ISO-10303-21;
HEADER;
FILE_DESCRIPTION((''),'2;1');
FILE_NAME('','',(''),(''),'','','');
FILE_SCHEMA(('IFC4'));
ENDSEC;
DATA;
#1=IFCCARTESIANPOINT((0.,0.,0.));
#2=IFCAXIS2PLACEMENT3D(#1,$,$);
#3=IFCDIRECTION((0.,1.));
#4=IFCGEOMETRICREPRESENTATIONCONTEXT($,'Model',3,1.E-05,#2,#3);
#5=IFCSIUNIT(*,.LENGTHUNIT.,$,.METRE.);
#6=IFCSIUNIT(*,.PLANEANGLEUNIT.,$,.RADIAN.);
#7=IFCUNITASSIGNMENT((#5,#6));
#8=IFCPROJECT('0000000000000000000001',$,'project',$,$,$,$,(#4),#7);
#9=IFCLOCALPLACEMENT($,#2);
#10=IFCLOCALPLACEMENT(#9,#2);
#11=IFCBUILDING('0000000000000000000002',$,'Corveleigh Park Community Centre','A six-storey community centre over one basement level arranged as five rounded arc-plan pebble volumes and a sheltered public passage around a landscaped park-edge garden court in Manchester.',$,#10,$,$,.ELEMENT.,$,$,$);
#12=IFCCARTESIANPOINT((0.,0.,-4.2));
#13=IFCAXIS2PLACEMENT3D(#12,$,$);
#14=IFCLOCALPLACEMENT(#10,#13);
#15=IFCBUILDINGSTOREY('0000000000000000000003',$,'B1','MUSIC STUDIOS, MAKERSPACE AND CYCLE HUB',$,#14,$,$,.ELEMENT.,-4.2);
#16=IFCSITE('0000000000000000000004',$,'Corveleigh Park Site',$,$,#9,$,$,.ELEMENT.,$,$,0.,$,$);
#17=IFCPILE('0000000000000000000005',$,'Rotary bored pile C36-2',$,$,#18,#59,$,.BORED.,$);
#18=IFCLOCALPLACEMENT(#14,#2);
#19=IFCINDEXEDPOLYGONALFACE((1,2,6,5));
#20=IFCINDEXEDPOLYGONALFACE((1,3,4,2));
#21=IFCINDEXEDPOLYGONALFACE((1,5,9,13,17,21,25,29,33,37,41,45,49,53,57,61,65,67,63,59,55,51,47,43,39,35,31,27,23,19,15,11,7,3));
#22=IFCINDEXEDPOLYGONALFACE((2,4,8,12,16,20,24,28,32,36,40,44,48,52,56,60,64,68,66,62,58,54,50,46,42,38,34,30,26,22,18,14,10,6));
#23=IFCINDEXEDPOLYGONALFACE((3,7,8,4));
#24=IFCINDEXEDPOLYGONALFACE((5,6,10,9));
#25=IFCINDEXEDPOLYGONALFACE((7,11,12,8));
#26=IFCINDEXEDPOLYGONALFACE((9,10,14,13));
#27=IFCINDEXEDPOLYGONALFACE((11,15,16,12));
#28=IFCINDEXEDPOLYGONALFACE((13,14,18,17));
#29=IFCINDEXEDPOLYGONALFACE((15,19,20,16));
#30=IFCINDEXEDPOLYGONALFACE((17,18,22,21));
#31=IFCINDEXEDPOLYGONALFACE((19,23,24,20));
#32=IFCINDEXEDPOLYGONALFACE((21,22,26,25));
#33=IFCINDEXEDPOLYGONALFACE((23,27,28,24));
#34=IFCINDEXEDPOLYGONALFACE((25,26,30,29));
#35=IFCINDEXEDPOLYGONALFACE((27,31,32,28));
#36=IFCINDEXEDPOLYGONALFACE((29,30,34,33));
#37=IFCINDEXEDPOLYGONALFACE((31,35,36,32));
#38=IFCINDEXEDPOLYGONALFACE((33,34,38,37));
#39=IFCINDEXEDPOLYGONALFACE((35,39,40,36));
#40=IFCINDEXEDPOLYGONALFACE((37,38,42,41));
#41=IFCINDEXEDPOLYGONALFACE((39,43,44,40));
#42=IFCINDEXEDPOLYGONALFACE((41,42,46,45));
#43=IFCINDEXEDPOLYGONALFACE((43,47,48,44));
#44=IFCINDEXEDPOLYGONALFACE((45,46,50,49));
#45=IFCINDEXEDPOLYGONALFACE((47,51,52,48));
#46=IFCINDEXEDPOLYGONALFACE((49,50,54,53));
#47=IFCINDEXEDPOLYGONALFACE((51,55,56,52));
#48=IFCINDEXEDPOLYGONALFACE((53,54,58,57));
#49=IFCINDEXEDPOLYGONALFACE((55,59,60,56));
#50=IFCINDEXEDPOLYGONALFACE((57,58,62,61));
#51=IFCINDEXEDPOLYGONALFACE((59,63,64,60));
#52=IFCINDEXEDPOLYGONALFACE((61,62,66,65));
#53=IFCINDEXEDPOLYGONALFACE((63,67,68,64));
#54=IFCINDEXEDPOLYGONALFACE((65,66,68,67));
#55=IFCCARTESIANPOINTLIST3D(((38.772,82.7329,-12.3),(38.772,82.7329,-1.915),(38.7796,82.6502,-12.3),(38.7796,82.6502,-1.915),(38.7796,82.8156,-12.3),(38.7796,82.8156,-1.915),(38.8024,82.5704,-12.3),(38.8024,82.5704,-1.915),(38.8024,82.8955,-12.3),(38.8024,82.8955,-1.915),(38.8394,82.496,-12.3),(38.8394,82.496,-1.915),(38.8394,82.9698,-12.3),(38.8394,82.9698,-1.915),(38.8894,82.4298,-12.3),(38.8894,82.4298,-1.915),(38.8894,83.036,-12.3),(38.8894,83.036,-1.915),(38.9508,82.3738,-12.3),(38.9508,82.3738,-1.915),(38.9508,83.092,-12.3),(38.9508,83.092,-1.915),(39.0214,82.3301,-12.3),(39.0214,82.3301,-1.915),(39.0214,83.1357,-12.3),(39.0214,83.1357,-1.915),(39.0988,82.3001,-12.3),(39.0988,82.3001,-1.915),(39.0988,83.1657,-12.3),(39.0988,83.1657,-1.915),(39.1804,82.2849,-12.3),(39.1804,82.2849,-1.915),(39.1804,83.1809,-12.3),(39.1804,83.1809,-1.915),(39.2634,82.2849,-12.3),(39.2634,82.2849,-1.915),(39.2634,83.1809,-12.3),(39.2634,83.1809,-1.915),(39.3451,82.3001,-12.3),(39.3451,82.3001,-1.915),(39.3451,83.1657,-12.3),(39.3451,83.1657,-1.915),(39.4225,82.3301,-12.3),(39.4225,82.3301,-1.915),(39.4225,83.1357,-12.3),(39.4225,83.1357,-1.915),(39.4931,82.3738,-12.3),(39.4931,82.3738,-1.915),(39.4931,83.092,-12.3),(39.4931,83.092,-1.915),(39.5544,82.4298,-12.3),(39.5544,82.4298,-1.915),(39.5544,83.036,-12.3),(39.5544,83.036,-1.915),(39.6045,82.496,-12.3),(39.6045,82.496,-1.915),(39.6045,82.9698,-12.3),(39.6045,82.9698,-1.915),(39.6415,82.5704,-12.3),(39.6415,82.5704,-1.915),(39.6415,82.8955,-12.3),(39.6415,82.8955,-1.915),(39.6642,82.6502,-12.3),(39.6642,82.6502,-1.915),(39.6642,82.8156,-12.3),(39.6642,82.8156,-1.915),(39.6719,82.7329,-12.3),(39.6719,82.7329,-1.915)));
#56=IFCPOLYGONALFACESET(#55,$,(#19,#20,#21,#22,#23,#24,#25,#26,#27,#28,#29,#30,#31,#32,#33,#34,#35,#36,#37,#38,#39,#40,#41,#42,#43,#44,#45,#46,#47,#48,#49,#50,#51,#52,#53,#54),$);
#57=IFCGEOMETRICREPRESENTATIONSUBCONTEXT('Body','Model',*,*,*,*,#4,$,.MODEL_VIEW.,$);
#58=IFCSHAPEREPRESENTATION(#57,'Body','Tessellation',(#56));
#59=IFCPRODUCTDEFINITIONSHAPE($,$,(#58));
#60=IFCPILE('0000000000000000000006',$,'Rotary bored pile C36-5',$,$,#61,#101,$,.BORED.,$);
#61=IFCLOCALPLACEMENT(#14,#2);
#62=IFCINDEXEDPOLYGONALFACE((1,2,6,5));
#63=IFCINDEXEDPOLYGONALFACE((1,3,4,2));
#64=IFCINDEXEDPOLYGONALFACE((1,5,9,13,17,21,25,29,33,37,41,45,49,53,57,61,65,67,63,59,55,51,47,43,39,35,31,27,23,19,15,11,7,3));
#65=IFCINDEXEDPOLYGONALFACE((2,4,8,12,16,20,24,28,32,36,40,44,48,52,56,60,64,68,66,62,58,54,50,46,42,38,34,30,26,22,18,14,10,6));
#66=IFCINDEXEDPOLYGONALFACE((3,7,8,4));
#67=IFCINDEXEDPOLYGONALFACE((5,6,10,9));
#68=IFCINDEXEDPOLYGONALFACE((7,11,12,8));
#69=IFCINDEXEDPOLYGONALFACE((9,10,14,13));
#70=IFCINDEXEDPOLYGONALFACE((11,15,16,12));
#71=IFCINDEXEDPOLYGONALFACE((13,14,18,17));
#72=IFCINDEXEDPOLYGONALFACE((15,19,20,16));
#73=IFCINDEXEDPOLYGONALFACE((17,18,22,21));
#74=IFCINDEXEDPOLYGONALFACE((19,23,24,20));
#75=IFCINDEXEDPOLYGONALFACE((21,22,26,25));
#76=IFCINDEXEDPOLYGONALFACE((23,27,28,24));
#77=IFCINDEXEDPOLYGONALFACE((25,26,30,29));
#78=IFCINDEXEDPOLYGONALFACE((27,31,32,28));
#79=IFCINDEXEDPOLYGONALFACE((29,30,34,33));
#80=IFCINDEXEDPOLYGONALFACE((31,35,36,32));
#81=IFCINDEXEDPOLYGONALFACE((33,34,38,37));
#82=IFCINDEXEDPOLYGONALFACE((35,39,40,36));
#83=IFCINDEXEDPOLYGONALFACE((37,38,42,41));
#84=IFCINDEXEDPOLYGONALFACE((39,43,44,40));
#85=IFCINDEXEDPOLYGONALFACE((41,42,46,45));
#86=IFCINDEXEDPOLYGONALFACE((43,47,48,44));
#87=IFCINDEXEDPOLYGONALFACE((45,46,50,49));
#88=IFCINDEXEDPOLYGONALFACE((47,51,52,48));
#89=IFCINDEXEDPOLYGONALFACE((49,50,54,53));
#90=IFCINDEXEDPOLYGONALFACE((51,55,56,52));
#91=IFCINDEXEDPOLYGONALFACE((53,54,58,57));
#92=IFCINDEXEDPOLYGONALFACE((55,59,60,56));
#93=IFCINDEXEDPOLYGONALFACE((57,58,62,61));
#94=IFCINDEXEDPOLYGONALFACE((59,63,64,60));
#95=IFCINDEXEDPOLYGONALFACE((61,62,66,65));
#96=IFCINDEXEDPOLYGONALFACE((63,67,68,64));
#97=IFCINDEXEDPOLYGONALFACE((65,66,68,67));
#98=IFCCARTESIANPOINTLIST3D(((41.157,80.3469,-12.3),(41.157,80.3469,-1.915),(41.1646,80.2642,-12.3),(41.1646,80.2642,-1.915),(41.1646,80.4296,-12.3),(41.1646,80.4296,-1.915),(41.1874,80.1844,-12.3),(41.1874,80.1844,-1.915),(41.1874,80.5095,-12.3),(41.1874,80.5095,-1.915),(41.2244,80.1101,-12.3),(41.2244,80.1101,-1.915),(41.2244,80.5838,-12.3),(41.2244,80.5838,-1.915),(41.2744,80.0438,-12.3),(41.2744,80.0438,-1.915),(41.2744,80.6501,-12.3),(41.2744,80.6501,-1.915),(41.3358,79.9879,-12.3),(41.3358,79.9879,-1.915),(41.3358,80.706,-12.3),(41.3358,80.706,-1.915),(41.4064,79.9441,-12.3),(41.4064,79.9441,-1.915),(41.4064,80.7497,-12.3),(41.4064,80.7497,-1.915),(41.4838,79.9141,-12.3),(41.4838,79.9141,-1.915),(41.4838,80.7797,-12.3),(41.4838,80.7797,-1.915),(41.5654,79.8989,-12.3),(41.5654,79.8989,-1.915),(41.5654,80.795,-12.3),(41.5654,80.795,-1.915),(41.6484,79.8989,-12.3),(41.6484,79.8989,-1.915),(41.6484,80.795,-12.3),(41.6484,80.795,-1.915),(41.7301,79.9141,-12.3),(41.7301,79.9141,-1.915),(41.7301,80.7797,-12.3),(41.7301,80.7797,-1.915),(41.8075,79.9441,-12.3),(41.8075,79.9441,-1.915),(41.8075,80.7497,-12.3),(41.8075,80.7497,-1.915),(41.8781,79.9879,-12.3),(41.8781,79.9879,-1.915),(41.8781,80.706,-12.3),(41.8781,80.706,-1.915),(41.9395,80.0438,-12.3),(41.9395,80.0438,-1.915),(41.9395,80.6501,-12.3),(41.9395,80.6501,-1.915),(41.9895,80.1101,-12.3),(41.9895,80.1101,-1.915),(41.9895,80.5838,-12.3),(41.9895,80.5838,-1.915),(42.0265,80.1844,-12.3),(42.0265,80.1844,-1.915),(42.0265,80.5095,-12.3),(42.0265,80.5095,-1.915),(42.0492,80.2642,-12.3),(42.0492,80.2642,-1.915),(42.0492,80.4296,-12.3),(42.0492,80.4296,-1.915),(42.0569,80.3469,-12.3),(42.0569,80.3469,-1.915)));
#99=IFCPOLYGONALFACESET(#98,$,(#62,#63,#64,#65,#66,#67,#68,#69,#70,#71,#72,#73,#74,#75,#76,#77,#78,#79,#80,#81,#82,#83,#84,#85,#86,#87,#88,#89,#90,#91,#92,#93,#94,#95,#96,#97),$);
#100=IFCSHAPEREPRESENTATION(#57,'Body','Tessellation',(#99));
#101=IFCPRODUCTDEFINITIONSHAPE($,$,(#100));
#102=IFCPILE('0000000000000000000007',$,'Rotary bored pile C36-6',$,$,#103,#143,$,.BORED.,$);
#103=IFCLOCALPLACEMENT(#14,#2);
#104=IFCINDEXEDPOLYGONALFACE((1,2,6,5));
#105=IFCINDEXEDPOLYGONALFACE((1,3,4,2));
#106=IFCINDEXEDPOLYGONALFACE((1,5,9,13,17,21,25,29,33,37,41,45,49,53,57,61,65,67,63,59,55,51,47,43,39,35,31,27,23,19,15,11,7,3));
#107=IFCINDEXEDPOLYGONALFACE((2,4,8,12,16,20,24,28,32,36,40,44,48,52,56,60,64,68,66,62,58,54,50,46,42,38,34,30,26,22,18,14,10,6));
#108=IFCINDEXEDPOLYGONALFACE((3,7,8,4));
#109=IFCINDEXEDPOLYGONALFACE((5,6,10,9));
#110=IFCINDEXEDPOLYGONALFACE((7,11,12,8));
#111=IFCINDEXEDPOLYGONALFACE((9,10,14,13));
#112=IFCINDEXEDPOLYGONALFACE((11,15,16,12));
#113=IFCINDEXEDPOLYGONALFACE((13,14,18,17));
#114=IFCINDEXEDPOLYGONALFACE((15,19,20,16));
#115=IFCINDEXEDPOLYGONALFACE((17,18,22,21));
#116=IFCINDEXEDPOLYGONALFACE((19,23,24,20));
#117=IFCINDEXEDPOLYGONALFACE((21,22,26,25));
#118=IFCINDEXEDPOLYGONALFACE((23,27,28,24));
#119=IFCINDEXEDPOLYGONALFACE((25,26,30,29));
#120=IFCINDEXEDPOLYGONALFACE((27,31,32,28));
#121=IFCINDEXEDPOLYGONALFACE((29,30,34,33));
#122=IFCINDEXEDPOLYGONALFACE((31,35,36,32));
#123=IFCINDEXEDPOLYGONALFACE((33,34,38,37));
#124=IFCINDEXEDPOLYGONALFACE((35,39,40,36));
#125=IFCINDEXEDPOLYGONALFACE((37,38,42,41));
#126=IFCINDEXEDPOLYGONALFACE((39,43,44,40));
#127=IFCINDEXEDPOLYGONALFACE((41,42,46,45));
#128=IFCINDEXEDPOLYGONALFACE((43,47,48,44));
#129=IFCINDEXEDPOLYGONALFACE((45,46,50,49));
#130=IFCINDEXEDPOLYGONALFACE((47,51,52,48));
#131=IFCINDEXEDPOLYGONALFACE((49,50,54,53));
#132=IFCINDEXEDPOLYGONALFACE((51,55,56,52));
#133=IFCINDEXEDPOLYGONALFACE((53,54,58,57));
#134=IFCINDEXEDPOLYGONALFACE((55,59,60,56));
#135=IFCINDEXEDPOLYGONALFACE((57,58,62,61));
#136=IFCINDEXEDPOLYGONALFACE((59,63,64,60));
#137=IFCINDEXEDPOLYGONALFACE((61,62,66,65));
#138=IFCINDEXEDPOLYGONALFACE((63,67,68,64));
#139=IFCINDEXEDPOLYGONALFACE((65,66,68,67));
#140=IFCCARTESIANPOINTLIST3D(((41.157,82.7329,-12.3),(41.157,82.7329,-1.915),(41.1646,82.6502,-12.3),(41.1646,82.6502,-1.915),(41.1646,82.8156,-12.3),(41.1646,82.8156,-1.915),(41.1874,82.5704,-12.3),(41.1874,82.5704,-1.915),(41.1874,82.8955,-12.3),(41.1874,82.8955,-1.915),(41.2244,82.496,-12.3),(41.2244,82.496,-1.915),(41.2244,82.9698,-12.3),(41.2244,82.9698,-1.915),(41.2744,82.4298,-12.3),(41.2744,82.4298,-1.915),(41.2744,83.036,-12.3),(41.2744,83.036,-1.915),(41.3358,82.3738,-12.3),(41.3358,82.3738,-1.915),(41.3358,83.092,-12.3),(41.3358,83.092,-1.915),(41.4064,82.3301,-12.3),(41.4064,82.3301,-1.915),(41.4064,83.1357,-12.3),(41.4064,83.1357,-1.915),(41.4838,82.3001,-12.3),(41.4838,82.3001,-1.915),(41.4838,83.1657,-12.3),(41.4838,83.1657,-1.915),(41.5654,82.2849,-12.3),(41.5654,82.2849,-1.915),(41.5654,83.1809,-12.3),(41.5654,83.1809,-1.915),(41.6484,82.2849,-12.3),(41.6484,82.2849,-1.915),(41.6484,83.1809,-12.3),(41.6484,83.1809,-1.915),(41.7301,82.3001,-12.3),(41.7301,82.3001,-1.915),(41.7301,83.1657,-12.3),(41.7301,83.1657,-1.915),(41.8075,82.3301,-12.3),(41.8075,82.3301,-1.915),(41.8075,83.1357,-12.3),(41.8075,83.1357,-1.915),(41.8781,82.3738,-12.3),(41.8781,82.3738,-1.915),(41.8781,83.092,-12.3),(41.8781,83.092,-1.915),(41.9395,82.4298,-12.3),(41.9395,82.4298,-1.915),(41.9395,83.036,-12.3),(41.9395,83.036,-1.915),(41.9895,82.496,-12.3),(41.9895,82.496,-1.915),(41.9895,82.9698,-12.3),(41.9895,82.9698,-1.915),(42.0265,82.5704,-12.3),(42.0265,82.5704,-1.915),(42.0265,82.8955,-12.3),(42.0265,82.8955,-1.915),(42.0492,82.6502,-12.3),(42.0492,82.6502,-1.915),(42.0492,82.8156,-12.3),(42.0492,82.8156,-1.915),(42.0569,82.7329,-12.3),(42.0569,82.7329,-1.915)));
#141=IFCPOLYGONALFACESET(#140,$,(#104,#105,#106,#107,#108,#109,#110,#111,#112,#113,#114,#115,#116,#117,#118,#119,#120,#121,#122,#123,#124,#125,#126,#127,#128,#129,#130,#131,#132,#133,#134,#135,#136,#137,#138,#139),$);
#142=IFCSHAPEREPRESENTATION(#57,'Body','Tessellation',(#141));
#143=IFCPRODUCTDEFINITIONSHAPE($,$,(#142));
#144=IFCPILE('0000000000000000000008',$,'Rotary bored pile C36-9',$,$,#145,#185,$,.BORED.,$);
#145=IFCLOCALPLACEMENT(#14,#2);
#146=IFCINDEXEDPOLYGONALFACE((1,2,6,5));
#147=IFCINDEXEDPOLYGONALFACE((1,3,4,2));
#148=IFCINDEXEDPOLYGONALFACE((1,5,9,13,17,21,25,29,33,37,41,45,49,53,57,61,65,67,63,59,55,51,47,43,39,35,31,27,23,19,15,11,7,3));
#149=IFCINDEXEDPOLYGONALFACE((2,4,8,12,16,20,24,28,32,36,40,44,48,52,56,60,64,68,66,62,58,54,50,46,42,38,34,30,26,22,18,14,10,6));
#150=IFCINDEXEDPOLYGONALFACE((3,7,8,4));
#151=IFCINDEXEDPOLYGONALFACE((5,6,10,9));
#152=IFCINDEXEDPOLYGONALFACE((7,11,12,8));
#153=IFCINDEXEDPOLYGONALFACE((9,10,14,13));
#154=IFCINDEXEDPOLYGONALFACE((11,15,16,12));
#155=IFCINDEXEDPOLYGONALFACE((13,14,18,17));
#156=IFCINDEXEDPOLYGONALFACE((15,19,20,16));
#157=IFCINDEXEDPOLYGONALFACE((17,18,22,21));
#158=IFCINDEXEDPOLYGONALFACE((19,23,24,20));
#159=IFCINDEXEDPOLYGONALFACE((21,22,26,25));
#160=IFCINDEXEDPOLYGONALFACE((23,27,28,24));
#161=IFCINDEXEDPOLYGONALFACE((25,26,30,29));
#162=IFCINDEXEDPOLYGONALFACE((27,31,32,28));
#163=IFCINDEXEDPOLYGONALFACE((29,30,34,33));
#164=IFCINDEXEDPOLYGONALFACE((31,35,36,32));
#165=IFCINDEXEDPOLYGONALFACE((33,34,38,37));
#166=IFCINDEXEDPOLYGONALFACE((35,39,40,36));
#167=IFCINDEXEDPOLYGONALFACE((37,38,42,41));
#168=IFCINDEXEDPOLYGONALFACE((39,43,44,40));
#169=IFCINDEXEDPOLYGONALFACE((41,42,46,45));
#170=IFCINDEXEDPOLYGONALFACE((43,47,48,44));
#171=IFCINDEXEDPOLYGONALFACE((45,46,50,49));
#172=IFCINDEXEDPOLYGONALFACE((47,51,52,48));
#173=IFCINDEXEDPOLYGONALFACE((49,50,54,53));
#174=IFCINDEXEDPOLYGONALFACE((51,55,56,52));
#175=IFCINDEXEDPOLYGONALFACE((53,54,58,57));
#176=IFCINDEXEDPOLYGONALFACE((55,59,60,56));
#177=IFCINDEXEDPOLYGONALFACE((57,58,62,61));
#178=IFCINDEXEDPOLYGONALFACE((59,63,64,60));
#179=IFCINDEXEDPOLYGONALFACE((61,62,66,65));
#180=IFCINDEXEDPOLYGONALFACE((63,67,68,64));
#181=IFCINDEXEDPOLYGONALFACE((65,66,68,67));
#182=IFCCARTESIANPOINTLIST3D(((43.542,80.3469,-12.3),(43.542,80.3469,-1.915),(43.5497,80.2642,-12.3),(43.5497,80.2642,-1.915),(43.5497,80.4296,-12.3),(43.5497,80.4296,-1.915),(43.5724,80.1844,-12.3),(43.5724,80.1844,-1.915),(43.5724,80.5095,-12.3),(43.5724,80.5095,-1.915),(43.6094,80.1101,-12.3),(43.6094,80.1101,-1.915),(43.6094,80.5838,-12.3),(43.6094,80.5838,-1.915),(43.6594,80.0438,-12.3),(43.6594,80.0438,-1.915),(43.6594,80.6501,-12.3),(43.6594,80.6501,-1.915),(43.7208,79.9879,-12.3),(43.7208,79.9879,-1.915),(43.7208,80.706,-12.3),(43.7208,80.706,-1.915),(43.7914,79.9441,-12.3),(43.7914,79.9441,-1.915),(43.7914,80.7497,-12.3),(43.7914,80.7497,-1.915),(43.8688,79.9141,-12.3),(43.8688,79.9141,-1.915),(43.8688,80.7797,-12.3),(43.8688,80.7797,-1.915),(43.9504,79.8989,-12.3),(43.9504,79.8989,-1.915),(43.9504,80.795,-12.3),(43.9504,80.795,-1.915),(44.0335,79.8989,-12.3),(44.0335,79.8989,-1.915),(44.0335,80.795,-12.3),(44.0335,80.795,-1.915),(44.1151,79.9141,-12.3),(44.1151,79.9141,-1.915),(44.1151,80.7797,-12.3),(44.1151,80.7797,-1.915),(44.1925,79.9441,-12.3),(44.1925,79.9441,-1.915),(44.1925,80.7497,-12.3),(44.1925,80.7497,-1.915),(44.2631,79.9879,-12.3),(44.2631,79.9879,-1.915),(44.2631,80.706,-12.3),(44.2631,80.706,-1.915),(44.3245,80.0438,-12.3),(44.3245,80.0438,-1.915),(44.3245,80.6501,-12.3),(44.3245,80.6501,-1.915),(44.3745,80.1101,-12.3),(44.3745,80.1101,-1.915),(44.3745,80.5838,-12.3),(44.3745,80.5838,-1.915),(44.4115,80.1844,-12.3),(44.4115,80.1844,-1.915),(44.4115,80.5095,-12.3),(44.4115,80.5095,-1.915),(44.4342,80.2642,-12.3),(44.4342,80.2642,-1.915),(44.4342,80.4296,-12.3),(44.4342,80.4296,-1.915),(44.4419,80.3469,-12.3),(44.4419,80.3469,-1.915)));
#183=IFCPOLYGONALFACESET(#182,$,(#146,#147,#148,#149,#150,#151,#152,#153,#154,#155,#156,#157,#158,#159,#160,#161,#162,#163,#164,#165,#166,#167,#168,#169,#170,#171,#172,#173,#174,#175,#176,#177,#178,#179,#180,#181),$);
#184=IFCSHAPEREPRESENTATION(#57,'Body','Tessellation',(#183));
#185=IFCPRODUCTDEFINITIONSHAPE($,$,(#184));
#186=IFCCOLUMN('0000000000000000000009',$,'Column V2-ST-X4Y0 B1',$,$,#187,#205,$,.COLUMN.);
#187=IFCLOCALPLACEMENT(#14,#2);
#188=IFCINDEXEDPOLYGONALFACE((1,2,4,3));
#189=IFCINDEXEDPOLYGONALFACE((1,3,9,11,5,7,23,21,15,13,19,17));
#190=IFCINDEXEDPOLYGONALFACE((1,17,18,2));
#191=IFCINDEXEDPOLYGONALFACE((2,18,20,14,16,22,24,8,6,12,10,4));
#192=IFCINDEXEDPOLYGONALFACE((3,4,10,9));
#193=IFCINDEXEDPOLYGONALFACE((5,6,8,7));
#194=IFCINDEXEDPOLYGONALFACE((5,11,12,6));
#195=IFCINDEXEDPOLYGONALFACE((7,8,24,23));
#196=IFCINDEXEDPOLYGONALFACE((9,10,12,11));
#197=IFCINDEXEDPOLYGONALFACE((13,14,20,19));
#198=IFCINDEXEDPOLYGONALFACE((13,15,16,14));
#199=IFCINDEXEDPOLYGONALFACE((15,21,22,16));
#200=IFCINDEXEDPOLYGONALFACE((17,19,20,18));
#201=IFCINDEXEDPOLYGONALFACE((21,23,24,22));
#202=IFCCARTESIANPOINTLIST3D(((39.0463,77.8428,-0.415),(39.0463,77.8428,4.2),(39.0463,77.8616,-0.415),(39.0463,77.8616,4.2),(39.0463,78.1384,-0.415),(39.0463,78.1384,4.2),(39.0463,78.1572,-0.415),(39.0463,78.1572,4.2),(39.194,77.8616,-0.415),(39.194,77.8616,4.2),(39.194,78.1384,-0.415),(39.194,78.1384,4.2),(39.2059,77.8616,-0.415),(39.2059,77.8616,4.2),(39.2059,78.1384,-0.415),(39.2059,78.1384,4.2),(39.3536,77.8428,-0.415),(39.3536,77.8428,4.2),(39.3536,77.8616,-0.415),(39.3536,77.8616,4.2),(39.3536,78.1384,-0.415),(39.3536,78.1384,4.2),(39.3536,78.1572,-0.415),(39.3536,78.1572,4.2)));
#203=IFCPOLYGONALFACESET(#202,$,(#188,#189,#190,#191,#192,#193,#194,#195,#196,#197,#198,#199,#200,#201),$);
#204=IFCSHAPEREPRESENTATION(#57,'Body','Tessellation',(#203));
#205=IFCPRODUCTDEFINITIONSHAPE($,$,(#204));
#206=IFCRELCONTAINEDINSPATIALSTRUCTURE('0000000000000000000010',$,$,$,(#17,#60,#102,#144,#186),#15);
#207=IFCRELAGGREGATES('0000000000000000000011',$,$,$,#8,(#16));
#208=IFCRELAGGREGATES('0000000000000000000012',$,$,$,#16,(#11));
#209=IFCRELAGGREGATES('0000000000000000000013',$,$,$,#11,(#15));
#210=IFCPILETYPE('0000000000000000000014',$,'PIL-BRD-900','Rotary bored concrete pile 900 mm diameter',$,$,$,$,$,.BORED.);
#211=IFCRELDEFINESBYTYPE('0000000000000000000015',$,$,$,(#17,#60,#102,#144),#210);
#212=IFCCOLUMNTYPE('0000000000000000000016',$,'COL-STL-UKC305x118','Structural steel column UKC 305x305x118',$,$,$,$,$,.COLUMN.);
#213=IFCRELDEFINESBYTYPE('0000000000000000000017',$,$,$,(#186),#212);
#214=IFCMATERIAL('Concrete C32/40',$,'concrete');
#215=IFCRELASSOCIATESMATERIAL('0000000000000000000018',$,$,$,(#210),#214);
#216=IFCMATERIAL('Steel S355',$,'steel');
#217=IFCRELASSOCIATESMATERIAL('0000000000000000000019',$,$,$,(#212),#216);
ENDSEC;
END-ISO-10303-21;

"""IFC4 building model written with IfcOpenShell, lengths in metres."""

from ifc_helpers import new_model, si_unit, direction, frame, origin, origin_2d, place, context, subcontext, project, spatial, circle, i_section, extrude, material, material_profile, profile_set, type_object, element, save


model = new_model("IFC4")

# Units and contexts
model_context = context("Model", 3, precision=1e-05, world=origin(), true_north=direction((0.0, 1.0)))
body_context = subcontext(model_context, "Body", "Model", "MODEL_VIEW")
ifc_project = project(units=[si_unit("LENGTHUNIT", "METRE"), si_unit("PLANEANGLEUNIT", "RADIAN")], contexts=[model_context])

# Site, building, storey
site_placement = place(None, origin())
site = spatial("IfcSite", under=ifc_project, at=site_placement, Name="Corveleigh Park Site", CompositionType="ELEMENT", RefElevation=0.0)
building_placement = place(site_placement, origin())
building = spatial("IfcBuilding", under=site, at=building_placement, Name="Corveleigh Park Community Centre", Description="A six-storey community centre over one basement level arranged as five rounded arc-plan pebble volumes and a sheltered public passage around a landscaped park-edge garden court in Manchester.", CompositionType="ELEMENT")
storey_placement = place(building_placement, frame((0.0, 0.0, -4.2)))
storey = spatial("IfcBuildingStorey", under=building, at=storey_placement, Name="B1", Description="MUSIC STUDIOS, MAKERSPACE AND CYCLE HUB", CompositionType="ELEMENT", Elevation=-4.2)

# Piles
ifc_material_1 = material(Name="Concrete C32/40", Category="concrete")
ifc_material_profile_1 = material_profile(ifc_material_1, circle(Radius=0.45, at=origin_2d()), Name="BORED-PILE-900", Category="concrete")
ifc_profile_set_1 = profile_set([ifc_material_profile_1], Name="Concrete C32/40")
pile_type_1 = type_object("IfcPileType", Name="PIL-BRD-900", Description="Rotary bored concrete pile 900 mm diameter", PredefinedType="BORED", material=ifc_profile_set_1)
for number, where, z_axis, x_axis, name in (
    (1, (39.2219, 82.7329, -1.915), (0.0, 0.0, -1.0), (1.0, 0.0, 0.0), "Rotary bored pile C36-2"),
    (2, (41.6069, 80.3469, -1.915), (0.0, 0.0, -1.0), (1.0, 0.0, 0.0), "Rotary bored pile C36-5"),
    (3, (41.6069, 82.7329, -1.915), (0.0, 0.0, -1.0), (1.0, 0.0, 0.0), "Rotary bored pile C36-6"),
    (4, (43.9919, 80.3469, -1.915), (0.0, 0.0, -1.0), (1.0, 0.0, 0.0), "Rotary bored pile C36-9"),
):
    element("IfcPile", number, at=place(storey_placement, frame(where, z_axis=z_axis, x_axis=x_axis)), inside=storey, type_object=pile_type_1, Name=name, PredefinedType="BORED", context=body_context, shape_type="SweptSolid", body=[
        extrude(circle(Radius=0.45, at=origin_2d()), origin(), (0.0, 0.0, 1.0), 10.385),
    ])

# Column
ifc_material_2 = material(Name="Steel S355", Category="steel")
ifc_material_profile_2 = material_profile(ifc_material_2, i_section(OverallWidth=0.3074, OverallDepth=0.3145, WebThickness=0.012, FlangeThickness=0.0188, at=origin_2d()), Name="UKC 305x305x118", Category="steel")
ifc_profile_set_2 = profile_set([ifc_material_profile_2], Name="Steel S355")
column_type_1 = type_object("IfcColumnType", Name="COL-STL-UKC305x118", Description="Structural steel column UKC 305x305x118", PredefinedType="COLUMN", material=ifc_profile_set_2)
column_1_placement = place(storey_placement, frame((39.2, 78.0, -0.415), z_axis=(0.0, 0.0, 1.0), x_axis=(1.0, 0.0, 0.0)))
element("IfcColumn", 5, at=column_1_placement, inside=storey, type_object=column_type_1, Name="Column V2-ST-X4Y0 B1", PredefinedType="COLUMN", context=body_context, shape_type="SweptSolid", body=[
    extrude(i_section(OverallWidth=0.3074, OverallDepth=0.3145, WebThickness=0.012, FlangeThickness=0.0188, at=origin_2d()), origin(), (0.0, 0.0, 1.0), 4.615),
])

save(model, "model.ifc")
